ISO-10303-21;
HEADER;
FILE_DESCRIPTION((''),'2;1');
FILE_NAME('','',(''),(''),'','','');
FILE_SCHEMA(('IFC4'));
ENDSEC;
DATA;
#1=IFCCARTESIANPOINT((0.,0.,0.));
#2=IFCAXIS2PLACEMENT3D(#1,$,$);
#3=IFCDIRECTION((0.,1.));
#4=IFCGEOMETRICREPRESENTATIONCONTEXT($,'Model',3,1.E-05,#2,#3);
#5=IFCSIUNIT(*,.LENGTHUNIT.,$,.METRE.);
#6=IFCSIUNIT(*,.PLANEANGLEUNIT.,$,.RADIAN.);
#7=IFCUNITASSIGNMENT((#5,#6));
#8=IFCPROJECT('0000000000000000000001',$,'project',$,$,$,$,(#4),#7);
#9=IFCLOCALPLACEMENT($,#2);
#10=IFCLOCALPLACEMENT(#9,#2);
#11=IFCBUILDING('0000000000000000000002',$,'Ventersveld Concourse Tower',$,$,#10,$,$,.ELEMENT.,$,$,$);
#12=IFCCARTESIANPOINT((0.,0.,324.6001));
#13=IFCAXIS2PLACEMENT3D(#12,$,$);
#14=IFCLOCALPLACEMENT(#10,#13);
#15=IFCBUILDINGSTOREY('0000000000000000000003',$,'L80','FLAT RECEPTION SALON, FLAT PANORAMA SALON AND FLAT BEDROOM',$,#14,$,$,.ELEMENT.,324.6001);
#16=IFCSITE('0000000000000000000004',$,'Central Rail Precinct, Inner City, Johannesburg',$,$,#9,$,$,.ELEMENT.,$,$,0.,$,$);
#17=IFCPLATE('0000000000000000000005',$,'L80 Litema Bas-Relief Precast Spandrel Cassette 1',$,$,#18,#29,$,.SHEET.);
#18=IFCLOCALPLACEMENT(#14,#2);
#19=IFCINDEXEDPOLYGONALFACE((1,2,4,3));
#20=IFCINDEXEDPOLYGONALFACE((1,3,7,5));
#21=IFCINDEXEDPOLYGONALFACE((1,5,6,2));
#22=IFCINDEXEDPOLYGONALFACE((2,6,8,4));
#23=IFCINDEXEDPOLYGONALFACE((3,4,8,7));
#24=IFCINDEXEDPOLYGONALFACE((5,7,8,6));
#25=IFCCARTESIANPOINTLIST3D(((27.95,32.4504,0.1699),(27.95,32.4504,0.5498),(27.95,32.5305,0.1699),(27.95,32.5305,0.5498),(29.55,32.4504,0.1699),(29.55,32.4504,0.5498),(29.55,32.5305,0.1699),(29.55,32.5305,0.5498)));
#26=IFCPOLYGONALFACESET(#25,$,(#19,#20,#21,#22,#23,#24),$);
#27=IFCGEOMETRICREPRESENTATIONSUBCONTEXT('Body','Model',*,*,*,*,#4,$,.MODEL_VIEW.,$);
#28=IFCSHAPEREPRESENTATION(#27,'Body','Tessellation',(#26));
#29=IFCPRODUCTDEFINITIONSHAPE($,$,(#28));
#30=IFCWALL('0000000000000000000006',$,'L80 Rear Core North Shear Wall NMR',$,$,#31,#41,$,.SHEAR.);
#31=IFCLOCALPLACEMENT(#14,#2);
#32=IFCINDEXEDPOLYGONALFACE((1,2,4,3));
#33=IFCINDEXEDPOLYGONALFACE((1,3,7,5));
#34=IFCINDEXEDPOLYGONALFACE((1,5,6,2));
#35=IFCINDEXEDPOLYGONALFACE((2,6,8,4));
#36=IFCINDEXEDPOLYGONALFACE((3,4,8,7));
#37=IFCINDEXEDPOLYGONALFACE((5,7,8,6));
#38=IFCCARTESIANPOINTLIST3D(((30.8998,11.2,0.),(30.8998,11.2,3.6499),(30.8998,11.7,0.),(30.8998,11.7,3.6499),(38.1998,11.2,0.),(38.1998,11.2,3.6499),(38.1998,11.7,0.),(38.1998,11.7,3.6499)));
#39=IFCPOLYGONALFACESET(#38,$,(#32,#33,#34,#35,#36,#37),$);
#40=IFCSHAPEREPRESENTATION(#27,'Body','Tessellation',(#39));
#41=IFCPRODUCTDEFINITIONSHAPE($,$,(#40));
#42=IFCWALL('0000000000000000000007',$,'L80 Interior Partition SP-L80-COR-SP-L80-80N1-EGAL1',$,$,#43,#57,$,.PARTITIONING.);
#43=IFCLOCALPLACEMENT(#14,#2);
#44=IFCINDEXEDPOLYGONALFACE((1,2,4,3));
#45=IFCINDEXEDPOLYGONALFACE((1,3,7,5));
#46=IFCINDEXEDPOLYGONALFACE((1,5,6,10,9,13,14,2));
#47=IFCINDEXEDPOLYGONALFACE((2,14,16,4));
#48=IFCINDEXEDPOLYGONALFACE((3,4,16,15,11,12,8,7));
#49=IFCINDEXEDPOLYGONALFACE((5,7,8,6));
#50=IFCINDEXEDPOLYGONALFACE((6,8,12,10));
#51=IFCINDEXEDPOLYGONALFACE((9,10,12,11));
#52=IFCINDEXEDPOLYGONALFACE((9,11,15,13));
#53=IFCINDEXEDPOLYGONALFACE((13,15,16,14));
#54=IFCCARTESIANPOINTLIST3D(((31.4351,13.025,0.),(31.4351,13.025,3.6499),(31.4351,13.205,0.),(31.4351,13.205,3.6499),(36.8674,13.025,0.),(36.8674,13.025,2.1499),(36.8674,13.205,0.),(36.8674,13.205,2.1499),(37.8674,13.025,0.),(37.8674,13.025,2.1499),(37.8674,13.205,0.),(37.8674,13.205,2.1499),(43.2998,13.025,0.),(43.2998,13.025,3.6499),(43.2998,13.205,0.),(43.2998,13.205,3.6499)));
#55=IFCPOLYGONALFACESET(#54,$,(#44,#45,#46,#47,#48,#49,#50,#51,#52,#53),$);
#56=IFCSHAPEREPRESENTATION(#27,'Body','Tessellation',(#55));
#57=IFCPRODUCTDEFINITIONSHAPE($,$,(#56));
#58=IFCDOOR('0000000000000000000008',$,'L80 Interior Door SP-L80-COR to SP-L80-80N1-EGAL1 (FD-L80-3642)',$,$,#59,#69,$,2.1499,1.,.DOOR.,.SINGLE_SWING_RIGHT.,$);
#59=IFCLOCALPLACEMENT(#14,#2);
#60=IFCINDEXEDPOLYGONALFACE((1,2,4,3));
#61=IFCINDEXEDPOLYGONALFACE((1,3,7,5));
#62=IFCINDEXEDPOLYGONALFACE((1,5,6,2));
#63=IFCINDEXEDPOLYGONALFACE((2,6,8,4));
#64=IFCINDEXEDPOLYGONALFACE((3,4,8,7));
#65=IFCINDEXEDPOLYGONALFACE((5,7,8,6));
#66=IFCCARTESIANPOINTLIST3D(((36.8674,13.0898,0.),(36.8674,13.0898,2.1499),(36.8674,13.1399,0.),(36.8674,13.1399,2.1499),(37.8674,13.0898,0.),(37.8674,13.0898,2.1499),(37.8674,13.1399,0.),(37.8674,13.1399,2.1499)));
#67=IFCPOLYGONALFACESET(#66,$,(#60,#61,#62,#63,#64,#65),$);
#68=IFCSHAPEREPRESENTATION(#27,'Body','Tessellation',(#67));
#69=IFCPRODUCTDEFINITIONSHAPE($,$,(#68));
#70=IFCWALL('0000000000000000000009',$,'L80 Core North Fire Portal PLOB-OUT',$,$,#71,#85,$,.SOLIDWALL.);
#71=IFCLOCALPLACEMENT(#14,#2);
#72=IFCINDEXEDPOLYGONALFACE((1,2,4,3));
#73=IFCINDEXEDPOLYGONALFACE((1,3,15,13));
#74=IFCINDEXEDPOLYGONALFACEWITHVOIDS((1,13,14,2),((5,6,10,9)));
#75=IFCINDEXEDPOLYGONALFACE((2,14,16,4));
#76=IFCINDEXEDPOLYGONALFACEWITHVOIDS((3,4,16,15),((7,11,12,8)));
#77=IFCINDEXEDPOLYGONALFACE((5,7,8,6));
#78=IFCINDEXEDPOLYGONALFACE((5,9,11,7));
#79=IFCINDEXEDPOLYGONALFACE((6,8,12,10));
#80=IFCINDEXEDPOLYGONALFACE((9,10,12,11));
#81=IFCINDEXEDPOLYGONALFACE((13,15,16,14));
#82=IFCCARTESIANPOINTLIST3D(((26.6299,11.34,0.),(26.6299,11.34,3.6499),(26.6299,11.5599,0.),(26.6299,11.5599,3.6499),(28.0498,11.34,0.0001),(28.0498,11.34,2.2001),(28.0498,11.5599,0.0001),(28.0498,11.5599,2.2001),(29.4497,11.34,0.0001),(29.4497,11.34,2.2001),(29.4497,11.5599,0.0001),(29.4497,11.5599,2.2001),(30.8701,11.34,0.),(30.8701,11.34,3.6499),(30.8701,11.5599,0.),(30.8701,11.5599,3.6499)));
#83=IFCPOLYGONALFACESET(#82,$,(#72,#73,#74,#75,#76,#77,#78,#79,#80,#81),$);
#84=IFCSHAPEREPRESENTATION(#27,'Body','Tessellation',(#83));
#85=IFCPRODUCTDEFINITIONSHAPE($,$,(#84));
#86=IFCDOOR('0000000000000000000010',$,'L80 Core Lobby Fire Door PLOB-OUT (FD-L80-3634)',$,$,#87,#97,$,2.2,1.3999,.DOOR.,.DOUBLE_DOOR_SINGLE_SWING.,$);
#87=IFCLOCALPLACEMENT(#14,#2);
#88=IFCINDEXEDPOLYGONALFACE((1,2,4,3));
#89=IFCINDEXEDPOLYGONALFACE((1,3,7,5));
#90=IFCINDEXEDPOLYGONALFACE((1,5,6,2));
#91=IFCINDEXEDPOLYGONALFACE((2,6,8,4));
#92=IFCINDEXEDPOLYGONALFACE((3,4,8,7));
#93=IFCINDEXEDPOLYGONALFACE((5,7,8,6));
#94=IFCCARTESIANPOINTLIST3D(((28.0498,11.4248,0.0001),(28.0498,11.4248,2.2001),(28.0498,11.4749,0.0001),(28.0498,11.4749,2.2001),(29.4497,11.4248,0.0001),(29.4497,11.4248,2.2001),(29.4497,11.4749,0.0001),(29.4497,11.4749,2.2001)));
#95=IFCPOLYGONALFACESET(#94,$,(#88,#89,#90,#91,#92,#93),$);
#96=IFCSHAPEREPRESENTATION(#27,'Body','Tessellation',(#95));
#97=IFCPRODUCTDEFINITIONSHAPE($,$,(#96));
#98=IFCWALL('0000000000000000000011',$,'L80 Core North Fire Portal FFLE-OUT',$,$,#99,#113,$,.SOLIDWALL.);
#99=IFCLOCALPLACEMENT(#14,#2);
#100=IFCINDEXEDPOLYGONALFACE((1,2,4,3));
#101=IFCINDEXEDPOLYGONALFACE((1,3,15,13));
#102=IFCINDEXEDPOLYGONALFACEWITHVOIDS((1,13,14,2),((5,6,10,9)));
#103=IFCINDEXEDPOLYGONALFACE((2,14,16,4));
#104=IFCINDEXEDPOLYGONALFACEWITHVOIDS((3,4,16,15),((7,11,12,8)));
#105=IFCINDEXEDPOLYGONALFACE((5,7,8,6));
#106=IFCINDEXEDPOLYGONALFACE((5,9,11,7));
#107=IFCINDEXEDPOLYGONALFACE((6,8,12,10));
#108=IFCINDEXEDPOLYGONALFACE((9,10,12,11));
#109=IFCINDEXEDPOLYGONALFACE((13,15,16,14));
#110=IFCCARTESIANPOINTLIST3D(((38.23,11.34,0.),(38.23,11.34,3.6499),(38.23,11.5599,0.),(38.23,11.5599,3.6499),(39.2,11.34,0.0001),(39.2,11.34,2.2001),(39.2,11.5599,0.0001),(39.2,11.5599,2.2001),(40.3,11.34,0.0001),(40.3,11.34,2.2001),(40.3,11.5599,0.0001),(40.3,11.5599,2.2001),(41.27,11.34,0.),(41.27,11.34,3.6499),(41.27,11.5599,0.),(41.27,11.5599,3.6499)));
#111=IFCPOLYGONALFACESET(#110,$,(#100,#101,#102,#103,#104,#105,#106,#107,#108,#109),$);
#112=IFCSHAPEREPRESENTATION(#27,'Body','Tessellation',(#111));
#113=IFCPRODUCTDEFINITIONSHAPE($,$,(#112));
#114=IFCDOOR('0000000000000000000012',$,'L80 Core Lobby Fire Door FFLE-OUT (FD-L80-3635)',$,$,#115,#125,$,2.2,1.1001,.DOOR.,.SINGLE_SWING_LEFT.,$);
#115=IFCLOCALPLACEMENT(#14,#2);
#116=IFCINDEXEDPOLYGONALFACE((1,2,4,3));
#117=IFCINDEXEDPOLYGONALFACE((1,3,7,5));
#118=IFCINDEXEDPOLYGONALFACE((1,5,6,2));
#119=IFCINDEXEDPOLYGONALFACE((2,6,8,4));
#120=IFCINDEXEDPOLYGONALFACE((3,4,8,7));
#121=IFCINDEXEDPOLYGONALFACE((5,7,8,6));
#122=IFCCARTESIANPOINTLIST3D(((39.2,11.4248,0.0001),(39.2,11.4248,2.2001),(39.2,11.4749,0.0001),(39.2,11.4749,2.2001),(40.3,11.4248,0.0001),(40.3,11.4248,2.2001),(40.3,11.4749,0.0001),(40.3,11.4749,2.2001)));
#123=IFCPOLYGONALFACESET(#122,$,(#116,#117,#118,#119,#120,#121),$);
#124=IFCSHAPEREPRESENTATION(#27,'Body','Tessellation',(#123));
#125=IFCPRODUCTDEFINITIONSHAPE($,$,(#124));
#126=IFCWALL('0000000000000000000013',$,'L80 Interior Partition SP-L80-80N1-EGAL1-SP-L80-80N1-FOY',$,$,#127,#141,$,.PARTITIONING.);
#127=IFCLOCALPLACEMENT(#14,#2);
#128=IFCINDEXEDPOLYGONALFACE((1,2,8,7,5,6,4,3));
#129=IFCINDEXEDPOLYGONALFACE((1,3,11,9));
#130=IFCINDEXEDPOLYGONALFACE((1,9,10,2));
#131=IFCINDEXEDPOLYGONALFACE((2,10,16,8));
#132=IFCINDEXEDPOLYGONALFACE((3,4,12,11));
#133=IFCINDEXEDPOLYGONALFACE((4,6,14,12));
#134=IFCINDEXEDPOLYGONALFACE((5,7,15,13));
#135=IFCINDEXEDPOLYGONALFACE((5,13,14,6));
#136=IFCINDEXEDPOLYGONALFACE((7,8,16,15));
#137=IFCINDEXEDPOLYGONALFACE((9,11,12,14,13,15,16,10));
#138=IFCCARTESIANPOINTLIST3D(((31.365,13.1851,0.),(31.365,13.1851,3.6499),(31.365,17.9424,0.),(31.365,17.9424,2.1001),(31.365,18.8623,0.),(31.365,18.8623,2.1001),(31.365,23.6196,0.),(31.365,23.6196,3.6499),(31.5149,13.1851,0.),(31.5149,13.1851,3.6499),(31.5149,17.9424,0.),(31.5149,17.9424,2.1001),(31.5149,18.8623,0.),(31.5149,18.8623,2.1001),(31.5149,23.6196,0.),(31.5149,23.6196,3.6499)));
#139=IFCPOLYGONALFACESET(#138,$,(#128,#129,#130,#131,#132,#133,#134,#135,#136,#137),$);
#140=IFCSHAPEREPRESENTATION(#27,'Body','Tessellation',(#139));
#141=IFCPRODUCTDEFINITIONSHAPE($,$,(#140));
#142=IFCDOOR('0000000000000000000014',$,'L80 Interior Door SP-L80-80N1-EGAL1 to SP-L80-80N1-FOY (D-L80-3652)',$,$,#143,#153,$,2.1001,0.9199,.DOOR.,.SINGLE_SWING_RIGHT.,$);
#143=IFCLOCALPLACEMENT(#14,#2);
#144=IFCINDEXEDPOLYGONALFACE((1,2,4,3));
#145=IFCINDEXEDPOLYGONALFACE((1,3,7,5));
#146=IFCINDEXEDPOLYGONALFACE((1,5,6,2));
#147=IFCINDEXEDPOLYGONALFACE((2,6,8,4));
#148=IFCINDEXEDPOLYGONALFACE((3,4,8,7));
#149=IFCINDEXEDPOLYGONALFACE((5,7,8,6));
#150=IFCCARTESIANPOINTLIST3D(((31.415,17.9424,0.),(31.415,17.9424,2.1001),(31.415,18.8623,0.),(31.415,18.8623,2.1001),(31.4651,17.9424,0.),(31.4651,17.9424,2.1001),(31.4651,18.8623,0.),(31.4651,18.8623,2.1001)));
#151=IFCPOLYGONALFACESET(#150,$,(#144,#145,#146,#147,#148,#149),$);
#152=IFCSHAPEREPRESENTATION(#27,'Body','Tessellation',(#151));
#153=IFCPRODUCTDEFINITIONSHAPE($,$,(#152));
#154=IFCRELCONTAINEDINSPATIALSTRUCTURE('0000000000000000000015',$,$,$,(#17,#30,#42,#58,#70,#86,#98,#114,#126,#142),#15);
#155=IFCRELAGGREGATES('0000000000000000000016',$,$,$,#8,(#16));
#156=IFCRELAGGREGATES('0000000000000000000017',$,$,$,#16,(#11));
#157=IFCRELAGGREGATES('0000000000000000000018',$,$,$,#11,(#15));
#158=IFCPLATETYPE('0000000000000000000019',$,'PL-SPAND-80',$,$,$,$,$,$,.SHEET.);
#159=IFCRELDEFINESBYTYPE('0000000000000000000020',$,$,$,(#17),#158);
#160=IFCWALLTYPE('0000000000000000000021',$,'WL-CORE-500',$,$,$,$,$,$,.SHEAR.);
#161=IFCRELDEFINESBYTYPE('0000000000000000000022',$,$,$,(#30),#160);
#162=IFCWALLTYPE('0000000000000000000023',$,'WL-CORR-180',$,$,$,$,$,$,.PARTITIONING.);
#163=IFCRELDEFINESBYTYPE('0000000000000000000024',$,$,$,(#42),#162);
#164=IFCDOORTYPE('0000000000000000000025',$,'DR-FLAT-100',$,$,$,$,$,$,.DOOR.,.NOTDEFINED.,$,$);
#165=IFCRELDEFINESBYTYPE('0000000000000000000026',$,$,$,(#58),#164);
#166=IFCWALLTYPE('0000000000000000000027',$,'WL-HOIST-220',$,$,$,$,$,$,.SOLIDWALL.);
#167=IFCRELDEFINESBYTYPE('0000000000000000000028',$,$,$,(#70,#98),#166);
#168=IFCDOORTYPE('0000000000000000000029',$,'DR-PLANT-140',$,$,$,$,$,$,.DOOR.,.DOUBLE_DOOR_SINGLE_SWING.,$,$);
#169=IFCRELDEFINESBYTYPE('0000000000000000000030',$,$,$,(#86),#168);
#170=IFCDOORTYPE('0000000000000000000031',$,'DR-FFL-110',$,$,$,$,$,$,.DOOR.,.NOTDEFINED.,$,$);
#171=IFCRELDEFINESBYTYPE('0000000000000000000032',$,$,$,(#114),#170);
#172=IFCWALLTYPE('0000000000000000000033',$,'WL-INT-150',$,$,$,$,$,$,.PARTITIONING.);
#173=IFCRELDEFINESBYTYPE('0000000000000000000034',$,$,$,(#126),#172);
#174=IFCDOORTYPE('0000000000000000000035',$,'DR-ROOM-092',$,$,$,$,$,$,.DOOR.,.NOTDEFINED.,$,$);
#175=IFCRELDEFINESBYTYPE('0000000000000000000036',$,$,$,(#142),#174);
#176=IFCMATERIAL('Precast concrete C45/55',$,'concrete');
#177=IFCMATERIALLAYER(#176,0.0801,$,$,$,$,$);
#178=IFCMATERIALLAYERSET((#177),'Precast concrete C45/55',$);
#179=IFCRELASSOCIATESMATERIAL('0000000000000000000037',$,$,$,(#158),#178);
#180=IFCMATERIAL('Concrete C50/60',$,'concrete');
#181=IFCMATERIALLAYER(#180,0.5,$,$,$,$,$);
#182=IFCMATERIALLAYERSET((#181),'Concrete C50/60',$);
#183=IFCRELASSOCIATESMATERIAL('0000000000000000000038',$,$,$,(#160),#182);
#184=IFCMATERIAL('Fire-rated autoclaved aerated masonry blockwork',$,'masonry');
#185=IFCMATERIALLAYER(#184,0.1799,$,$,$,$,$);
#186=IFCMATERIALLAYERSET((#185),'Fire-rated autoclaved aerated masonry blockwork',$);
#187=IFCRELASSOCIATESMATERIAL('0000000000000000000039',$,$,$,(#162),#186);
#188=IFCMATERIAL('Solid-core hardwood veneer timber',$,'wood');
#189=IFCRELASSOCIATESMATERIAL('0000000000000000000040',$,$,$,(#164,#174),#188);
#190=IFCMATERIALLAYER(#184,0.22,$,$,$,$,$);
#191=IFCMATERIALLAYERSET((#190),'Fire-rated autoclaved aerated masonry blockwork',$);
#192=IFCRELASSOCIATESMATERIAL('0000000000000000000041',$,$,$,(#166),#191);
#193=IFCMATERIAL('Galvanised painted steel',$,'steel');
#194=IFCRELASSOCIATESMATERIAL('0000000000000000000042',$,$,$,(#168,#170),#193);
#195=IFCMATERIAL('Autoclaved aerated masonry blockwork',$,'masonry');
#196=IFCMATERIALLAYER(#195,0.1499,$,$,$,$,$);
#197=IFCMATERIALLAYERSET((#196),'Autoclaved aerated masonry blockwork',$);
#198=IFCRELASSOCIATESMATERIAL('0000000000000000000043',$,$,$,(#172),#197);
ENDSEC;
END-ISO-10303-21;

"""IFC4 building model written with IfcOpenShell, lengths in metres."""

from ifc_helpers import new_model, si_unit, direction, frame, frame_2d, origin, origin_2d, place, context, subcontext, project, spatial, rectangle, extrude, material, layer, layer_set, type_object, element, fill, save


model = new_model("IFC4")

# Units and contexts
model_context = context("Model", 3, precision=1e-05, world=origin(), true_north=direction((0.0, 1.0)))
body_context = subcontext(model_context, "Body", "Model", "MODEL_VIEW")
ifc_project = project(units=[si_unit("LENGTHUNIT", "METRE"), si_unit("PLANEANGLEUNIT", "RADIAN")], contexts=[model_context])

# Site, building, storey
site_placement = place(None, origin())
site = spatial("IfcSite", under=ifc_project, at=site_placement, Name="Central Rail Precinct, Inner City, Johannesburg", CompositionType="ELEMENT", RefElevation=0.0)
building_placement = place(site_placement, origin())
building = spatial("IfcBuilding", under=site, at=building_placement, Name="Ventersveld Concourse Tower", CompositionType="ELEMENT")
storey_placement = place(building_placement, frame((0.0, 0.0, 324.6001)))
storey = spatial("IfcBuildingStorey", under=building, at=storey_placement, Name="L80", Description="FLAT RECEPTION SALON, FLAT PANORAMA SALON AND FLAT BEDROOM", CompositionType="ELEMENT", Elevation=324.6001)

# Shared definitions
ifc_material_1 = material(Name="Concrete C50/60", Category="concrete")

# Plate
ifc_material_2 = material(Name="Precast concrete C45/55", Category="concrete")
ifc_layer_1 = layer(ifc_material_2, 0.0801)
ifc_layer_set_1 = layer_set([ifc_layer_1], Name="Precast concrete C45/55")
plate_type = type_object("IfcPlateType", Name="PL-SPAND-80", PredefinedType="SHEET", material=ifc_layer_set_1)
plate_placement = place(storey_placement, frame((28.75, 32.4905, 0.1699), z_axis=(0.0, 0.0, 1.0), x_axis=(-1.0, 0.0, 0.0)))
element("IfcPlate", 1, at=plate_placement, inside=storey, type_object=plate_type, Name="L80 Litema Bas-Relief Precast Spandrel Cassette 1", PredefinedType="SHEET", context=body_context, shape_type="SweptSolid", body=[
    extrude(rectangle(XDim=1.6001, YDim=0.0801, at=origin_2d()), origin(), (0.0, 0.0, 1.0), 0.3799),
])

# Wall
ifc_layer_2 = layer(ifc_material_1, 0.5)
ifc_layer_set_2 = layer_set([ifc_layer_2], Name="Concrete C50/60")
wall_type_1 = type_object("IfcWallType", Name="WL-CORE-500", PredefinedType="SHEAR", material=ifc_layer_set_2)
wall_1_placement = place(storey_placement, frame((30.8999, 11.45, 0.0), z_axis=(0.0, 0.0, 1.0), x_axis=(1.0, 0.0, 0.0)))
element("IfcWall", 2, at=wall_1_placement, inside=storey, type_object=wall_type_1, Name="L80 Rear Core North Shear Wall NMR", PredefinedType="SHEAR", context=body_context, shape_type="SweptSolid", body=[
    extrude(rectangle(XDim=7.3, YDim=0.5, at=frame_2d((3.6499, 0.0))), origin(), (0.0, 0.0, 1.0), 3.6499),
])

# Walls, openings, doors
ifc_material_3 = material(Name="Fire-rated autoclaved aerated masonry blockwork", Category="masonry")
ifc_layer_3 = layer(ifc_material_3, 0.1799)
ifc_layer_set_3 = layer_set([ifc_layer_3], Name="Fire-rated autoclaved aerated masonry blockwork")
wall_type_2 = type_object("IfcWallType", Name="WL-CORR-180", PredefinedType="PARTITIONING", material=ifc_layer_set_3)
wall_2_placement = place(storey_placement, frame((31.4351, 13.115, 0.0), z_axis=(0.0, 0.0, 1.0), x_axis=(1.0, 0.0, 0.0)))
wall_2 = element("IfcWall", 3, at=wall_2_placement, inside=storey, type_object=wall_type_2, Name="L80 Interior Partition SP-L80-COR-SP-L80-80N1-EGAL1", PredefinedType="PARTITIONING", context=body_context, shape_type="SweptSolid", body=[
    extrude(rectangle(XDim=11.8647, YDim=0.1799, at=frame_2d((5.9324, 0.0))), origin(), (0.0, 0.0, 1.0), 3.6499),
])
opening_1_placement = place(wall_2_placement, frame((5.4324, 0.0, 0.0)))
opening_1 = element("IfcOpeningElement", 4, at=opening_1_placement, cuts=wall_2, PredefinedType="OPENING", context=body_context, shape_type="SweptSolid", body=[
    extrude(rectangle(XDim=1.0, YDim=2.1499, at=frame_2d((0.5, 1.075))), frame((0.0, 0.1001, 0.0), z_axis=(0.0, -1.0, 0.0), x_axis=(1.0, 0.0, 0.0)), (0.0, 0.0, 1.0), 0.2),
])
ifc_material_4 = material(Name="Solid-core hardwood veneer timber", Category="wood")
door_type_1 = type_object("IfcDoorType", Name="DR-FLAT-100", OperationType="NOTDEFINED", PredefinedType="DOOR", material=ifc_material_4)
door_1_placement = place(opening_1_placement, origin())
door_1 = element("IfcDoor", 5, at=door_1_placement, inside=storey, type_object=door_type_1, Name="L80 Interior Door SP-L80-COR to SP-L80-80N1-EGAL1 (FD-L80-3642)", OperationType="SINGLE_SWING_RIGHT", OverallHeight=2.1499, OverallWidth=1.0, PredefinedType="DOOR", context=body_context, shape_type="SweptSolid", body=[
    extrude(rectangle(XDim=1.0, YDim=2.1499, at=frame_2d((0.5, 1.075))), frame((0.0, 0.0249, 0.0), z_axis=(0.0, -1.0, 0.0), x_axis=(1.0, 0.0, 0.0)), (0.0, 0.0, 1.0), 0.05),
])
fill(opening_1, door_1)
ifc_layer_4 = layer(ifc_material_3, 0.22)
ifc_layer_set_4 = layer_set([ifc_layer_4], Name="Fire-rated autoclaved aerated masonry blockwork")
wall_type_3 = type_object("IfcWallType", Name="WL-HOIST-220", PredefinedType="SOLIDWALL", material=ifc_layer_set_4)
wall_3_placement = place(storey_placement, frame((26.6299, 11.45, 0.0), z_axis=(0.0, 0.0, 1.0), x_axis=(1.0, 0.0, 0.0)))
wall_3 = element("IfcWall", 6, at=wall_3_placement, inside=storey, type_object=wall_type_3, Name="L80 Core North Fire Portal PLOB-OUT", PredefinedType="SOLIDWALL", context=body_context, shape_type="SweptSolid", body=[
    extrude(rectangle(XDim=4.2402, YDim=0.22, at=frame_2d((2.1201, 0.0))), origin(), (0.0, 0.0, 1.0), 3.6499),
])
opening_2_placement = place(wall_3_placement, frame((1.4199, 0.0, 0.0)))
opening_2 = element("IfcOpeningElement", 7, at=opening_2_placement, cuts=wall_3, PredefinedType="OPENING", context=body_context, shape_type="SweptSolid", body=[
    extrude(rectangle(XDim=1.3999, YDim=2.2, at=frame_2d((0.7, 1.1001))), frame((0.0, 0.1201, 0.0), z_axis=(0.0, -1.0, 0.0), x_axis=(1.0, 0.0, 0.0)), (0.0, 0.0, 1.0), 0.24),
])
ifc_material_5 = material(Name="Galvanised painted steel", Category="steel")
door_type_2 = type_object("IfcDoorType", Name="DR-PLANT-140", OperationType="DOUBLE_DOOR_SINGLE_SWING", PredefinedType="DOOR", material=ifc_material_5)
door_2_placement = place(opening_2_placement, origin())
door_2 = element("IfcDoor", 8, at=door_2_placement, inside=storey, type_object=door_type_2, Name="L80 Core Lobby Fire Door PLOB-OUT (FD-L80-3634)", OperationType="DOUBLE_DOOR_SINGLE_SWING", OverallHeight=2.2, OverallWidth=1.3999, PredefinedType="DOOR", context=body_context, shape_type="SweptSolid", body=[
    extrude(rectangle(XDim=1.3999, YDim=2.2, at=frame_2d((0.7, 1.1001))), frame((0.0, 0.0249, 0.0), z_axis=(0.0, -1.0, 0.0), x_axis=(1.0, 0.0, 0.0)), (0.0, 0.0, 1.0), 0.05),
])
fill(opening_2, door_2)
wall_4_placement = place(storey_placement, frame((38.23, 11.45, 0.0), z_axis=(0.0, 0.0, 1.0), x_axis=(1.0, 0.0, 0.0)))
wall_4 = element("IfcWall", 9, at=wall_4_placement, inside=storey, type_object=wall_type_3, Name="L80 Core North Fire Portal FFLE-OUT", PredefinedType="SOLIDWALL", context=body_context, shape_type="SweptSolid", body=[
    extrude(rectangle(XDim=3.04, YDim=0.22, at=frame_2d((1.52, 0.0))), origin(), (0.0, 0.0, 1.0), 3.6499),
])
opening_3_placement = place(wall_4_placement, frame((0.97, 0.0, 0.0)))
opening_3 = element("IfcOpeningElement", 10, at=opening_3_placement, cuts=wall_4, PredefinedType="OPENING", context=body_context, shape_type="SweptSolid", body=[
    extrude(rectangle(XDim=1.1001, YDim=2.2, at=frame_2d((0.55, 1.1001))), frame((0.0, 0.1201, 0.0), z_axis=(0.0, -1.0, 0.0), x_axis=(1.0, 0.0, 0.0)), (0.0, 0.0, 1.0), 0.24),
])
door_type_3 = type_object("IfcDoorType", Name="DR-FFL-110", OperationType="NOTDEFINED", PredefinedType="DOOR", material=ifc_material_5)
door_3_placement = place(opening_3_placement, origin())
door_3 = element("IfcDoor", 11, at=door_3_placement, inside=storey, type_object=door_type_3, Name="L80 Core Lobby Fire Door FFLE-OUT (FD-L80-3635)", OperationType="SINGLE_SWING_LEFT", OverallHeight=2.2, OverallWidth=1.1001, PredefinedType="DOOR", context=body_context, shape_type="SweptSolid", body=[
    extrude(rectangle(XDim=1.1001, YDim=2.2, at=frame_2d((0.55, 1.1001))), frame((0.0, 0.0249, 0.0), z_axis=(0.0, -1.0, 0.0), x_axis=(1.0, 0.0, 0.0)), (0.0, 0.0, 1.0), 0.05),
])
fill(opening_3, door_3)
ifc_material_6 = material(Name="Autoclaved aerated masonry blockwork", Category="masonry")
ifc_layer_5 = layer(ifc_material_6, 0.1499)
ifc_layer_set_5 = layer_set([ifc_layer_5], Name="Autoclaved aerated masonry blockwork")
wall_type_4 = type_object("IfcWallType", Name="WL-INT-150", PredefinedType="PARTITIONING", material=ifc_layer_set_5)
wall_5_placement = place(storey_placement, frame((31.4399, 13.1851, 0.0), z_axis=(0.0, 0.0, 1.0), x_axis=(0.0, 1.0, 0.0)))
wall_5 = element("IfcWall", 12, at=wall_5_placement, inside=storey, type_object=wall_type_4, Name="L80 Interior Partition SP-L80-80N1-EGAL1-SP-L80-80N1-FOY", PredefinedType="PARTITIONING", context=body_context, shape_type="SweptSolid", body=[
    extrude(rectangle(XDim=10.4346, YDim=0.1499, at=frame_2d((5.2173, 0.0))), origin(), (0.0, 0.0, 1.0), 3.6499),
])
opening_4_placement = place(wall_5_placement, frame((4.7573, 0.0, 0.0)))
opening_4 = element("IfcOpeningElement", 13, at=opening_4_placement, cuts=wall_5, PredefinedType="OPENING", context=body_context, shape_type="SweptSolid", body=[
    extrude(rectangle(XDim=0.9199, YDim=2.1001, at=frame_2d((0.46, 1.05))), frame((0.0, 0.085, 0.0), z_axis=(0.0, -1.0, 0.0), x_axis=(1.0, 0.0, 0.0)), (0.0, 0.0, 1.0), 0.1699),
])
door_type_4 = type_object("IfcDoorType", Name="DR-ROOM-092", OperationType="NOTDEFINED", PredefinedType="DOOR", material=ifc_material_4)
door_4_placement = place(opening_4_placement, origin())
door_4 = element("IfcDoor", 14, at=door_4_placement, inside=storey, type_object=door_type_4, Name="L80 Interior Door SP-L80-80N1-EGAL1 to SP-L80-80N1-FOY (D-L80-3652)", OperationType="SINGLE_SWING_RIGHT", OverallHeight=2.1001, OverallWidth=0.9199, PredefinedType="DOOR", context=body_context, shape_type="SweptSolid", body=[
    extrude(rectangle(XDim=0.9199, YDim=2.1001, at=frame_2d((0.46, 1.05))), frame((0.0, 0.0249, 0.0), z_axis=(0.0, -1.0, 0.0), x_axis=(1.0, 0.0, 0.0)), (0.0, 0.0, 1.0), 0.05),
])
fill(opening_4, door_4)

save(model, "model.ifc")
